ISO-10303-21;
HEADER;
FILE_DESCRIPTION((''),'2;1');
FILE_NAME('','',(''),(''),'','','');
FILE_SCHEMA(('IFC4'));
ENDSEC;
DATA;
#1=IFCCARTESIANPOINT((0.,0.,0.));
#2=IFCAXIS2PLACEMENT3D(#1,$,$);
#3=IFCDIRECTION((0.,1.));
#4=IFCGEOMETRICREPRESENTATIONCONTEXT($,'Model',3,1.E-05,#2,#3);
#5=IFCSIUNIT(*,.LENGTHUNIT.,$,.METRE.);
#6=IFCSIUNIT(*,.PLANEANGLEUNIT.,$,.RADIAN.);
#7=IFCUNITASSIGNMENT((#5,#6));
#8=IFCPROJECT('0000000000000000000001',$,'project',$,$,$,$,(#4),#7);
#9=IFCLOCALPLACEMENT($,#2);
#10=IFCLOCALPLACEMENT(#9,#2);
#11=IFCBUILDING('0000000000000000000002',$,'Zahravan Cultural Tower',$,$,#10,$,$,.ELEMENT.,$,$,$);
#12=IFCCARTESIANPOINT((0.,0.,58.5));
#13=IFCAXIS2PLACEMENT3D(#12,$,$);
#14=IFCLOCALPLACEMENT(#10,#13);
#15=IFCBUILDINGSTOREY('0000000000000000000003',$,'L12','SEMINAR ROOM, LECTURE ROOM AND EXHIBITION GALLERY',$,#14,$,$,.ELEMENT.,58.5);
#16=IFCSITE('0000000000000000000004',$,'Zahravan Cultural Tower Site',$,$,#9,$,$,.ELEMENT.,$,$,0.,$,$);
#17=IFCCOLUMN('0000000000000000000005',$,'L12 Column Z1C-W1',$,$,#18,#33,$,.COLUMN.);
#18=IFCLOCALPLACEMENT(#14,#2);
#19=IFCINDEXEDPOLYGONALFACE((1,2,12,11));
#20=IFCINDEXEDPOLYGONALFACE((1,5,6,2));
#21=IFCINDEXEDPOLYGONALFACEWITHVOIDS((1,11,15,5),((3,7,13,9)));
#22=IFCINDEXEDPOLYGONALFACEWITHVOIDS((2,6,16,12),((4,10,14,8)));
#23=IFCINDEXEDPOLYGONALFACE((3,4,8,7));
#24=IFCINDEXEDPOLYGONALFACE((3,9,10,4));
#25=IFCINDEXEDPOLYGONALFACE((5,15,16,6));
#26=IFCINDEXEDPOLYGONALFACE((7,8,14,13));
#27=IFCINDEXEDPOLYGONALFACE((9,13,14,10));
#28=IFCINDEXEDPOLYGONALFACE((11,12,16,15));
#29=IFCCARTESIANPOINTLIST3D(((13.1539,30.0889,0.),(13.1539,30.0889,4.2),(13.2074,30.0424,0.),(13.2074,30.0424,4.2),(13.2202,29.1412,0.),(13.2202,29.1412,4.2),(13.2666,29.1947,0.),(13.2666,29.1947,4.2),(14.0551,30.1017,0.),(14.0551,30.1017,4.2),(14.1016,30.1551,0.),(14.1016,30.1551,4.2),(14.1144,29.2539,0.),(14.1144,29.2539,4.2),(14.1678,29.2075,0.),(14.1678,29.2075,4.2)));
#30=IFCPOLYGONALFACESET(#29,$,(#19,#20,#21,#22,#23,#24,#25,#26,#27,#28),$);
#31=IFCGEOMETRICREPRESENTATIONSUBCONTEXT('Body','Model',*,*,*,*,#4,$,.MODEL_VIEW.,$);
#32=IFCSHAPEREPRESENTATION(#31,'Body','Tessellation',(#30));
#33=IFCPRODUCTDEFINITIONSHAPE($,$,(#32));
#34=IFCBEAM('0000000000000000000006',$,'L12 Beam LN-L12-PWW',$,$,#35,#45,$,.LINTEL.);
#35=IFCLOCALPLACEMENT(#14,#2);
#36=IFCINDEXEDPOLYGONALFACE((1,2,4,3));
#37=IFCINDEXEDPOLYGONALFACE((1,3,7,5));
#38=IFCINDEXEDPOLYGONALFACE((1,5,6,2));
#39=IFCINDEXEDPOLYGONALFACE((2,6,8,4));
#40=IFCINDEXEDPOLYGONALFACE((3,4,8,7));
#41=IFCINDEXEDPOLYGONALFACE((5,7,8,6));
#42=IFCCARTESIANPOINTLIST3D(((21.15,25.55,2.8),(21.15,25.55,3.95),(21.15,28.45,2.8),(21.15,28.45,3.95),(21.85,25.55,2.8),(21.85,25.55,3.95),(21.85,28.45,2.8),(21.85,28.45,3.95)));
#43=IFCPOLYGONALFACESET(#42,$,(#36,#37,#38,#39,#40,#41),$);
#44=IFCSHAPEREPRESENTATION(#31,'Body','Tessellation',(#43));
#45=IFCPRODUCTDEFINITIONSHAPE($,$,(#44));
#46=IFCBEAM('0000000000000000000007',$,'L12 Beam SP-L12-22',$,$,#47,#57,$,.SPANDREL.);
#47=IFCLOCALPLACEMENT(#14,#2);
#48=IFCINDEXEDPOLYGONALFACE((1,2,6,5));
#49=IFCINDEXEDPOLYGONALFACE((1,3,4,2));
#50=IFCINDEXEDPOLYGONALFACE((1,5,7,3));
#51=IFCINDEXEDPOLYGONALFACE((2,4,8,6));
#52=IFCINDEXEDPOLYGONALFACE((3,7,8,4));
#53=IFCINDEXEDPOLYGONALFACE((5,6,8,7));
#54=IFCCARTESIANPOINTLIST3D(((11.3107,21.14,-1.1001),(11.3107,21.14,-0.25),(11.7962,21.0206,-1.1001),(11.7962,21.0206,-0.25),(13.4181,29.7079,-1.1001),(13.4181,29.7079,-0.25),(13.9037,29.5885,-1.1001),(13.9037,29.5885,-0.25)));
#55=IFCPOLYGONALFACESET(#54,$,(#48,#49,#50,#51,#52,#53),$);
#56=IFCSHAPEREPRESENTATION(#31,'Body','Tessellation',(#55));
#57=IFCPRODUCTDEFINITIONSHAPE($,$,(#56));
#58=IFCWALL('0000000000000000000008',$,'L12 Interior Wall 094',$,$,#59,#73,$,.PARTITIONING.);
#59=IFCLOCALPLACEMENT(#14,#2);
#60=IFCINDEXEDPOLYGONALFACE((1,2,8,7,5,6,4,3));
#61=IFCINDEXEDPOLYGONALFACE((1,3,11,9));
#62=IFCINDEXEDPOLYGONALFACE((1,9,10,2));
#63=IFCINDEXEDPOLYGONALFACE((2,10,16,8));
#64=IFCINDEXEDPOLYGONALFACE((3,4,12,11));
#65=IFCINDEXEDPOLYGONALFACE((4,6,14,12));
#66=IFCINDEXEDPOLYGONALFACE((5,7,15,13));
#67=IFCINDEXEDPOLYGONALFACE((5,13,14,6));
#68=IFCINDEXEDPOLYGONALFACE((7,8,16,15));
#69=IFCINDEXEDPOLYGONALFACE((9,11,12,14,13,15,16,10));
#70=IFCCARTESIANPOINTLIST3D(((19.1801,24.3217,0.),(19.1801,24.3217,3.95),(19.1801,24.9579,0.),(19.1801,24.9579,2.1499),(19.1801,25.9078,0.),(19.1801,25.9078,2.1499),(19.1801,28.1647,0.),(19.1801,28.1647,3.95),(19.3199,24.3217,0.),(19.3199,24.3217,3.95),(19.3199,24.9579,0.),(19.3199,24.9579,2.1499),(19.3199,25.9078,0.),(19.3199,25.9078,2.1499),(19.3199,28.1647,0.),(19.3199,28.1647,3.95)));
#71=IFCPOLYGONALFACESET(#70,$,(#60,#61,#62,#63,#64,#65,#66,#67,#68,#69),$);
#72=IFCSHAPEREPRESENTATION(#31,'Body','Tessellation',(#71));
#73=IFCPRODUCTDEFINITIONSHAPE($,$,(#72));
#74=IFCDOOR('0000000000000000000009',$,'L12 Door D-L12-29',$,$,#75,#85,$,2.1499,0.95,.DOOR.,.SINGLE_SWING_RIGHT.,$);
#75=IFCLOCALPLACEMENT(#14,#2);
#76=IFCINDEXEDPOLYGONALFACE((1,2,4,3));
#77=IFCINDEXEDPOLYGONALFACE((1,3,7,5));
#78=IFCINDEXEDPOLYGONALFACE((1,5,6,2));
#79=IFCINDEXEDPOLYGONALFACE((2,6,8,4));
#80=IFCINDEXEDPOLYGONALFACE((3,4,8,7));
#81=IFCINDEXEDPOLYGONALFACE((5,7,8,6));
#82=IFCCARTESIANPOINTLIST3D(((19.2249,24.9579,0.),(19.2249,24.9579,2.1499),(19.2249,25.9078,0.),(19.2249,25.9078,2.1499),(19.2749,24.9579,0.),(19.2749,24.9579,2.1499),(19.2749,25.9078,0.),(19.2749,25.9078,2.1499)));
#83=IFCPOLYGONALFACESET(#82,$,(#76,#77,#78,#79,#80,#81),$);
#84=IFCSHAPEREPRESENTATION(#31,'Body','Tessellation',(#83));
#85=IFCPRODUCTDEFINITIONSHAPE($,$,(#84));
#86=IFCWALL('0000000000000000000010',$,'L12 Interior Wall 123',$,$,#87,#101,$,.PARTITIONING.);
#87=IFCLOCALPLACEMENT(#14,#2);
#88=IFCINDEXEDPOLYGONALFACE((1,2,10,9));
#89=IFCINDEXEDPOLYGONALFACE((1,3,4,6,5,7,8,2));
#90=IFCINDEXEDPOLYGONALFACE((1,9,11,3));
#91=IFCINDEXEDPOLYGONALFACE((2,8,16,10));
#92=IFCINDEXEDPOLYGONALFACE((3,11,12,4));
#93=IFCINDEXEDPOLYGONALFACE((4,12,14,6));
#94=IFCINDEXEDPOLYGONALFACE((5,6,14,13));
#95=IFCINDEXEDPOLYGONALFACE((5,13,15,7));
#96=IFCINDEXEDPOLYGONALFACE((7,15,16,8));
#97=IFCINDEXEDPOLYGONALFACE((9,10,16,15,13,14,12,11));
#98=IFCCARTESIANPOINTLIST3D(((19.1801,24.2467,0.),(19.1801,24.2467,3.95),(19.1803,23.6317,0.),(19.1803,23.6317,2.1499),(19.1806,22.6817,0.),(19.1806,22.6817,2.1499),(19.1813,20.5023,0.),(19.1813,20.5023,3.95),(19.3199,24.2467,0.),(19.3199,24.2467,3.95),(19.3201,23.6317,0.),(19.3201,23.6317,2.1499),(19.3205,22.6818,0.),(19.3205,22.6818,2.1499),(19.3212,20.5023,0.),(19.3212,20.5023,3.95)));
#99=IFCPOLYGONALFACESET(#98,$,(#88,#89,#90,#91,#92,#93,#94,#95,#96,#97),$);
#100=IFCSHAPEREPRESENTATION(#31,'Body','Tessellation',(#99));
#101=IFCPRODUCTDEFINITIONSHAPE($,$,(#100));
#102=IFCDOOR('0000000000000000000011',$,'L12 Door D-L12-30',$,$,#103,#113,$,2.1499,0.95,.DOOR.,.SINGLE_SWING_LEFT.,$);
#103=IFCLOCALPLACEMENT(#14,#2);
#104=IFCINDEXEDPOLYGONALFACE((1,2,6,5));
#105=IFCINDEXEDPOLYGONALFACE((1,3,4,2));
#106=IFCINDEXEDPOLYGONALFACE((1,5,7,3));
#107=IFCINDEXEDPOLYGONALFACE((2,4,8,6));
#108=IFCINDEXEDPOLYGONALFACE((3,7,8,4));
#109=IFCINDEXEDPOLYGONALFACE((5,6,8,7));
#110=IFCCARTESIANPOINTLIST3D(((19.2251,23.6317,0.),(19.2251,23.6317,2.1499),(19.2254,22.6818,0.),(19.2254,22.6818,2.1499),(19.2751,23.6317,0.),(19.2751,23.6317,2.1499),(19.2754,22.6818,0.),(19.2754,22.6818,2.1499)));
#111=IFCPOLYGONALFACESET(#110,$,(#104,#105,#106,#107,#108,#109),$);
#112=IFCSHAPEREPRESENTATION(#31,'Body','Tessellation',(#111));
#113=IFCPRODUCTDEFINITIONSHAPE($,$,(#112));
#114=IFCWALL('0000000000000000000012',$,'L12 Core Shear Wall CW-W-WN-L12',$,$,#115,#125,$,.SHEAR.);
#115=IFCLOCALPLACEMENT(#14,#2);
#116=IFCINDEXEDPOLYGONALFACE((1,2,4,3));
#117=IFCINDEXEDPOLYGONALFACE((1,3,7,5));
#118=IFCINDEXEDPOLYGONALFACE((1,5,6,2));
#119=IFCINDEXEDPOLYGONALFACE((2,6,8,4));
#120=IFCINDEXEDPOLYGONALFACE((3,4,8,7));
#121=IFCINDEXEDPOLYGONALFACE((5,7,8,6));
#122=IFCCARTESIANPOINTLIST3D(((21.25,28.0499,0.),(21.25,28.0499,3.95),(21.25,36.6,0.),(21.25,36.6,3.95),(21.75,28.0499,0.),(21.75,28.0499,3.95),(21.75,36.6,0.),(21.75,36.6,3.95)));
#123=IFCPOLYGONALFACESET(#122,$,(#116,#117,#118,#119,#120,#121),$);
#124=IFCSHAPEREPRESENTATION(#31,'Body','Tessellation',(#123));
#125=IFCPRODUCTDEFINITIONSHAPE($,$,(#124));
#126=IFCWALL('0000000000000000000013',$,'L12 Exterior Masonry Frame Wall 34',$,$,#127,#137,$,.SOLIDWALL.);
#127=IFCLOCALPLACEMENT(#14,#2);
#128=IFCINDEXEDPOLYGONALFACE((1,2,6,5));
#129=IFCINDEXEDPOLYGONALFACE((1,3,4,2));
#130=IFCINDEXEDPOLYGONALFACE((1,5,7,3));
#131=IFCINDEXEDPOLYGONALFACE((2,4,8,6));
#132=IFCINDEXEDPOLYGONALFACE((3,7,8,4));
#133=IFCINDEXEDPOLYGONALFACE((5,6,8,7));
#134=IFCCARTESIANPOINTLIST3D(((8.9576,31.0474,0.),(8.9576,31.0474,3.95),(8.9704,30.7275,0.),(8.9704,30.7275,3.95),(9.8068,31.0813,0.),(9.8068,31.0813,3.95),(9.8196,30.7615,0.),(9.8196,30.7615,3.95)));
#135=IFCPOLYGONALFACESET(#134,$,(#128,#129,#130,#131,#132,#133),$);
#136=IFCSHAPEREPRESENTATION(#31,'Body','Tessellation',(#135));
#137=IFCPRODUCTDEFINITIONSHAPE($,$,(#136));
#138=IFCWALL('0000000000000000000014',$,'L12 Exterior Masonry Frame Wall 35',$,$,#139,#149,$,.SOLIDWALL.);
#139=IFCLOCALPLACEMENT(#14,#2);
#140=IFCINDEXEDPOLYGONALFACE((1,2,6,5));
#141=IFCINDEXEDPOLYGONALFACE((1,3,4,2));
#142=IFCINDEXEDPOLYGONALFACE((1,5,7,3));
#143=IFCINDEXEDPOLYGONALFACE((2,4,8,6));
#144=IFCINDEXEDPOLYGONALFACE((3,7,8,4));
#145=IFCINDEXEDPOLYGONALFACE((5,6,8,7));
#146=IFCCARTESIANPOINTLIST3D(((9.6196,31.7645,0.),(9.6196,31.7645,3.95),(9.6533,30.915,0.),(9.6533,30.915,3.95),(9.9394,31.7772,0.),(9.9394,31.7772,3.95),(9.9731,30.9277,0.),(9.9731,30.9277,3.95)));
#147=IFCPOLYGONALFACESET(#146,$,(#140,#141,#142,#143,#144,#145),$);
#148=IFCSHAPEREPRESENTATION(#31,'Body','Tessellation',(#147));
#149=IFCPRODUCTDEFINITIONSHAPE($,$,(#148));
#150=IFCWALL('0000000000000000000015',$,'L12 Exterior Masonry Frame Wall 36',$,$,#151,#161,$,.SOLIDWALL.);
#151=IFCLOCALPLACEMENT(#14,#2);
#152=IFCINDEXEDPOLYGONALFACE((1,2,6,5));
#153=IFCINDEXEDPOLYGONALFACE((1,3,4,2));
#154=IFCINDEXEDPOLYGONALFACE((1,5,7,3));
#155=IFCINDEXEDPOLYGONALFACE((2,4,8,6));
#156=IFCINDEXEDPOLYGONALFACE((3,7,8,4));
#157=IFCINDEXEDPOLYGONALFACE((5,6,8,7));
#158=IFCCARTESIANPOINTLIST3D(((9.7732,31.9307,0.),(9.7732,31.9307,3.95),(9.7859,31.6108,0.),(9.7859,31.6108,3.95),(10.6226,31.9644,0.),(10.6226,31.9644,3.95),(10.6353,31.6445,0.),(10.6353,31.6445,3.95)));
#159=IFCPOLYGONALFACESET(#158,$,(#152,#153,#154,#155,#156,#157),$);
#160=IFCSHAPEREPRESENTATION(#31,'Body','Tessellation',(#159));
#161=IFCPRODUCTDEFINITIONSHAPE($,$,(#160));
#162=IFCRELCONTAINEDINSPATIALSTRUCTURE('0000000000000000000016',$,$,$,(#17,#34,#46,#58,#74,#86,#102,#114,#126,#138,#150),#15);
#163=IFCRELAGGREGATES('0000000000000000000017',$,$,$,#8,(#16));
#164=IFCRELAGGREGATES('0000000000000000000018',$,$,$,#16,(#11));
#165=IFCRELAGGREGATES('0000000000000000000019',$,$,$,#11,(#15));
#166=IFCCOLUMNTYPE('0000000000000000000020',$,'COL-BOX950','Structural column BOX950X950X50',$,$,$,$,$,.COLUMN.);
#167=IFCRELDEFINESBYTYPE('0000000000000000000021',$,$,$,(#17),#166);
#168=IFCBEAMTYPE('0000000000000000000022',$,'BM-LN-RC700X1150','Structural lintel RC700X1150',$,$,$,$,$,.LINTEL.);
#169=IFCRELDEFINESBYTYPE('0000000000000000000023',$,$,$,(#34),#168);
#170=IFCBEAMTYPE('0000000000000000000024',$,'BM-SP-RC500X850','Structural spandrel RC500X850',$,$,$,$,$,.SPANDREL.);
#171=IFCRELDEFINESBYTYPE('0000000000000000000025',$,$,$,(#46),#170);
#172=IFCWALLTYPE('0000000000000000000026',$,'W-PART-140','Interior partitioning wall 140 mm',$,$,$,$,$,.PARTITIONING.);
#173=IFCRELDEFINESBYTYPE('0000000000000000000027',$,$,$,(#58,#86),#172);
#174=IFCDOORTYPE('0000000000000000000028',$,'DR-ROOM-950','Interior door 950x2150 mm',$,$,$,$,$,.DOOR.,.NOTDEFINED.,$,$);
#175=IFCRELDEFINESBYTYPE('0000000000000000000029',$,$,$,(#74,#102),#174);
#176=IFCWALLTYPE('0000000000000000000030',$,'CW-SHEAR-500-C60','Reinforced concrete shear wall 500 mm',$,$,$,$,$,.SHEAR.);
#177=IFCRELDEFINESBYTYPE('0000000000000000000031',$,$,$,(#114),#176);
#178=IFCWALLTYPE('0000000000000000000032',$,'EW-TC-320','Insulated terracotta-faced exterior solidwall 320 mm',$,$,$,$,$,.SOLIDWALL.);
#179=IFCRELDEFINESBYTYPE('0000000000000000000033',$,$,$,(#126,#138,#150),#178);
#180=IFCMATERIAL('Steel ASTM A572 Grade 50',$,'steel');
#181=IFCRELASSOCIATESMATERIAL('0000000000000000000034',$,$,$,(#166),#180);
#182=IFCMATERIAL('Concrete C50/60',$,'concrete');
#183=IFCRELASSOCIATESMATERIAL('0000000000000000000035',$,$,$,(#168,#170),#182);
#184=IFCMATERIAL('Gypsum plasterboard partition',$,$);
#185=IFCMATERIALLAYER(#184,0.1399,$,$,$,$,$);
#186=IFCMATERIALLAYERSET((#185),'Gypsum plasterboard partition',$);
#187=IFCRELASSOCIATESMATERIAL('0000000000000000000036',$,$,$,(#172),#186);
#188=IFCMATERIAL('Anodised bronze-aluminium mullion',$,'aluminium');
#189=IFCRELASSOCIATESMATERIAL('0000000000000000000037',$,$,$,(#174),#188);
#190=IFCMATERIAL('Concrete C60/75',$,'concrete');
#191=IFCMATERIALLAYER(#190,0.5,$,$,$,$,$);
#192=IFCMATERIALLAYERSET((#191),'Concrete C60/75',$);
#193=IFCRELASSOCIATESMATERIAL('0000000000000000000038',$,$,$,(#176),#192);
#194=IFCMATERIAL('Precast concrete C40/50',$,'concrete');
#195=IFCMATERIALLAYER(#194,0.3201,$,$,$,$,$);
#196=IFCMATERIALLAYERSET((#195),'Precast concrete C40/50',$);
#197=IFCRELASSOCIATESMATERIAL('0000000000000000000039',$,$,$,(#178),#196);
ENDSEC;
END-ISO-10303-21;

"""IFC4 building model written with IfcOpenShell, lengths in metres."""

from ifc_helpers import new_model, si_unit, direction, frame, frame_2d, origin, origin_2d, place, context, subcontext, project, spatial, rectangle, hollow_rectangle, extrude, source, transform, mapped, material, layer, layer_set, material_profile, profile_set, type_object, element, fill, save


model = new_model("IFC4")

# Units and contexts
model_context = context("Model", 3, precision=1e-05, world=origin(), true_north=direction((0.0, 1.0)))
body_context = subcontext(model_context, "Body", "Model", "MODEL_VIEW")
ifc_project = project(units=[si_unit("LENGTHUNIT", "METRE"), si_unit("PLANEANGLEUNIT", "RADIAN")], contexts=[model_context])

# Site, building, storey
site_placement = place(None, origin())
site = spatial("IfcSite", under=ifc_project, at=site_placement, Name="Zahravan Cultural Tower Site", CompositionType="ELEMENT", RefElevation=0.0)
building_placement = place(site_placement, origin())
building = spatial("IfcBuilding", under=site, at=building_placement, Name="Zahravan Cultural Tower", CompositionType="ELEMENT")
storey_placement = place(building_placement, frame((0.0, 0.0, 58.5)))
storey = spatial("IfcBuildingStorey", under=building, at=storey_placement, Name="L12", Description="SEMINAR ROOM, LECTURE ROOM AND EXHIBITION GALLERY", CompositionType="ELEMENT", Elevation=58.5)

# Column
ifc_material_1 = material(Name="Steel ASTM A572 Grade 50", Category="steel")
ifc_material_profile_1 = material_profile(ifc_material_1, hollow_rectangle(XDim=0.95, YDim=0.95, WallThickness=0.05, at=origin_2d()), Name="BOX950X950X50")
ifc_profile_set_1 = profile_set([ifc_material_profile_1], Name="Steel ASTM A572 Grade 50")
column_type = type_object("IfcColumnType", Name="COL-BOX950", Description="Structural column BOX950X950X50", PredefinedType="COLUMN", material=ifc_profile_set_1)
shared_shape_1 = source(origin(), body_context, "Body", "SweptSolid", [
    extrude(hollow_rectangle(XDim=0.95, YDim=0.95, WallThickness=0.05, at=origin_2d()), origin(), (0.0, 0.0, 1.0), 4.2),
])
column_placement = place(storey_placement, frame((13.6609, 29.6482, 0.0), z_axis=(0.0, 0.0, 1.0), x_axis=(0.997564, 0.069756, 0.0)))
element("IfcColumn", 1, at=column_placement, inside=storey, type_object=column_type, Name="L12 Column Z1C-W1", PredefinedType="COLUMN", context=body_context, shape_type="MappedRepresentation", body=[
    mapped(shared_shape_1, transform((0.0, 0.0, 0.0), x_axis=(1.0, 0.0, 0.0), y_axis=(0.0, 1.0, 0.0), z_axis=(0.0, 0.0, 1.0), scale=1.0)),
])

# Beams
ifc_material_2 = material(Name="Concrete C50/60", Category="concrete")
ifc_material_profile_2 = material_profile(ifc_material_2, rectangle(XDim=0.7, YDim=1.1499, at=origin_2d()), Name="RC700X1150")
ifc_profile_set_2 = profile_set([ifc_material_profile_2], Name="Concrete C50/60")
beam_type_1 = type_object("IfcBeamType", Name="BM-LN-RC700X1150", Description="Structural lintel RC700X1150", PredefinedType="LINTEL", material=ifc_profile_set_2)
shared_shape_2 = source(origin(), body_context, "Body", "SweptSolid", [
    extrude(rectangle(XDim=0.7, YDim=1.1499, at=origin_2d()), origin(), (0.0, 0.0, 1.0), 2.8999),
])
beam_1_placement = place(storey_placement, frame((21.5, 25.55, 3.375), z_axis=(0.0, 1.0, 0.0), x_axis=(-1.0, 0.0, 0.0)))
element("IfcBeam", 2, at=beam_1_placement, inside=storey, type_object=beam_type_1, Name="L12 Beam LN-L12-PWW", PredefinedType="LINTEL", context=body_context, shape_type="MappedRepresentation", body=[
    mapped(shared_shape_2, transform((0.0, 0.0, 0.0), x_axis=(1.0, 0.0, 0.0), y_axis=(0.0, 1.0, 0.0), z_axis=(0.0, 0.0, 1.0), scale=1.0)),
])
ifc_material_profile_3 = material_profile(ifc_material_2, rectangle(XDim=0.5, YDim=0.8501, at=origin_2d()), Name="RC500X850")
ifc_profile_set_3 = profile_set([ifc_material_profile_3], Name="Concrete C50/60")
beam_type_2 = type_object("IfcBeamType", Name="BM-SP-RC500X850", Description="Structural spandrel RC500X850", PredefinedType="SPANDREL", material=ifc_profile_set_3)
shared_shape_3 = source(origin(), body_context, "Body", "SweptSolid", [
    extrude(rectangle(XDim=0.5, YDim=0.8501, at=origin_2d()), origin(), (0.0, 0.0, 1.0), 8.8232),
])
beam_2_placement = place(storey_placement, frame((13.6609, 29.6482, -0.675), z_axis=(-0.238849, -0.971057, 0.0), x_axis=(0.971057, -0.238849, 0.0)))
element("IfcBeam", 3, at=beam_2_placement, inside=storey, type_object=beam_type_2, Name="L12 Beam SP-L12-22", PredefinedType="SPANDREL", context=body_context, shape_type="MappedRepresentation", body=[
    mapped(shared_shape_3, transform((0.0, 0.0, 0.0), x_axis=(1.0, 0.0, 0.0), y_axis=(0.0, 1.0, 0.0), z_axis=(0.0, 0.0, 1.0), scale=1.0)),
])

# Walls, openings, doors
ifc_material_3 = material(Name="Gypsum plasterboard partition")
ifc_layer_1 = layer(ifc_material_3, 0.1399)
ifc_layer_set_1 = layer_set([ifc_layer_1], Name="Gypsum plasterboard partition")
wall_type_1 = type_object("IfcWallType", Name="W-PART-140", Description="Interior partitioning wall 140 mm", PredefinedType="PARTITIONING", material=ifc_layer_set_1)
wall_1_placement = place(storey_placement, frame((19.25, 28.1646, 0.0), z_axis=(0.0, 0.0, 1.0), x_axis=(0.0, -1.0, 0.0)))
wall_1 = element("IfcWall", 4, at=wall_1_placement, inside=storey, type_object=wall_type_1, Name="L12 Interior Wall 094", PredefinedType="PARTITIONING", context=body_context, shape_type="SweptSolid", body=[
    extrude(rectangle(XDim=3.843, YDim=0.1399, at=frame_2d((1.9214, 0.0))), origin(), (0.0, 0.0, 1.0), 3.95),
])
opening_1_placement = place(wall_1_placement, frame((2.2566, 0.0, 0.0)))
opening_1 = element("IfcOpeningElement", 5, at=opening_1_placement, cuts=wall_1, PredefinedType="OPENING", context=body_context, shape_type="SweptSolid", body=[
    extrude(rectangle(XDim=0.95, YDim=2.1499, at=frame_2d((0.4751, 1.075))), frame((0.0, 0.0798, 0.0), z_axis=(0.0, -1.0, 0.0), x_axis=(1.0, 0.0, 0.0)), (0.0, 0.0, 1.0), 0.1599),
])
ifc_material_4 = material(Name="Anodised bronze-aluminium mullion", Category="aluminium")
door_type = type_object("IfcDoorType", Name="DR-ROOM-950", Description="Interior door 950x2150 mm", OperationType="NOTDEFINED", PredefinedType="DOOR", material=ifc_material_4)
shared_shape_4 = source(origin(), body_context, "Body", "SweptSolid", [
    extrude(rectangle(XDim=0.95, YDim=2.1499, at=frame_2d((0.4751, 1.075))), frame((0.0, 0.0249, 0.0), z_axis=(0.0, -1.0, 0.0), x_axis=(1.0, 0.0, 0.0)), (0.0, 0.0, 1.0), 0.05),
])
door_1_placement = place(opening_1_placement, origin())
door_1 = element("IfcDoor", 6, at=door_1_placement, inside=storey, type_object=door_type, Name="L12 Door D-L12-29", OperationType="SINGLE_SWING_RIGHT", OverallHeight=2.1499, OverallWidth=0.95, PredefinedType="DOOR", context=body_context, shape_type="MappedRepresentation", body=[
    mapped(shared_shape_4, transform((0.0, 0.0, 0.0), x_axis=(1.0, 0.0, 0.0), y_axis=(0.0, 1.0, 0.0), z_axis=(0.0, 0.0, 1.0), scale=1.0)),
])
fill(opening_1, door_1)
wall_2_placement = place(storey_placement, frame((19.25, 24.2466, 0.0), z_axis=(0.0, 0.0, 1.0), x_axis=(0.000326, -1.0, 0.0)))
wall_2 = element("IfcWall", 7, at=wall_2_placement, inside=storey, type_object=wall_type_1, Name="L12 Interior Wall 123", PredefinedType="PARTITIONING", context=body_context, shape_type="SweptSolid", body=[
    extrude(rectangle(XDim=3.7444, YDim=0.1399, at=frame_2d((1.8721, 0.0))), origin(), (0.0, 0.0, 1.0), 3.95),
])
opening_2_placement = place(wall_2_placement, frame((0.6147, 0.0, 0.0)))
opening_2 = element("IfcOpeningElement", 8, at=opening_2_placement, cuts=wall_2, PredefinedType="OPENING", context=body_context, shape_type="SweptSolid", body=[
    extrude(rectangle(XDim=0.95, YDim=2.1499, at=frame_2d((0.4751, 1.075))), frame((0.0, 0.0798, 0.0), z_axis=(0.0, -1.0, 0.0), x_axis=(1.0, 0.0, 0.0)), (0.0, 0.0, 1.0), 0.1599),
])
door_2_placement = place(opening_2_placement, origin())
door_2 = element("IfcDoor", 9, at=door_2_placement, inside=storey, type_object=door_type, Name="L12 Door D-L12-30", OperationType="SINGLE_SWING_LEFT", OverallHeight=2.1499, OverallWidth=0.95, PredefinedType="DOOR", context=body_context, shape_type="MappedRepresentation", body=[
    mapped(shared_shape_4, transform((0.0, 0.0, 0.0), x_axis=(1.0, 0.0, 0.0), y_axis=(0.0, 1.0, 0.0), z_axis=(0.0, 0.0, 1.0), scale=1.0)),
])
fill(opening_2, door_2)

# Walls
ifc_material_5 = material(Name="Concrete C60/75", Category="concrete")
ifc_layer_2 = layer(ifc_material_5, 0.5)
ifc_layer_set_2 = layer_set([ifc_layer_2], Name="Concrete C60/75")
wall_type_2 = type_object("IfcWallType", Name="CW-SHEAR-500-C60", Description="Reinforced concrete shear wall 500 mm", PredefinedType="SHEAR", material=ifc_layer_set_2)
shared_shape_5 = source(origin(), body_context, "Body", "SweptSolid", [
    extrude(rectangle(XDim=8.55, YDim=0.5, at=frame_2d((4.2749, 0.0))), origin(), (0.0, 0.0, 1.0), 3.95),
])
wall_3_placement = place(storey_placement, frame((21.5, 28.05, 0.0), z_axis=(0.0, 0.0, 1.0), x_axis=(0.0, 1.0, 0.0)))
element("IfcWall", 10, at=wall_3_placement, inside=storey, type_object=wall_type_2, Name="L12 Core Shear Wall CW-W-WN-L12", PredefinedType="SHEAR", context=body_context, shape_type="MappedRepresentation", body=[
    mapped(shared_shape_5, transform((0.0, 0.0, 0.0), x_axis=(1.0, 0.0, 0.0), y_axis=(0.0, 1.0, 0.0), z_axis=(0.0, 0.0, 1.0), scale=1.0)),
])
ifc_material_6 = material(Name="Precast concrete C40/50", Category="concrete")
ifc_layer_3 = layer(ifc_material_6, 0.3201)
ifc_layer_set_3 = layer_set([ifc_layer_3], Name="Precast concrete C40/50")
wall_type_3 = type_object("IfcWallType", Name="EW-TC-320", Description="Insulated terracotta-faced exterior solidwall 320 mm", PredefinedType="SOLIDWALL", material=ifc_layer_set_3)
shared_shape_6 = source(origin(), body_context, "Body", "SweptSolid", [
    extrude(rectangle(XDim=0.8499, YDim=0.3201, at=frame_2d((0.4248, 0.0))), origin(), (0.0, 0.0, 1.0), 3.95),
])
wall_4_placement = place(storey_placement, frame((8.9641, 30.8875, 0.0), z_axis=(0.0, 0.0, 1.0), x_axis=(0.999202, 0.039934, 0.0)))
element("IfcWall", 11, at=wall_4_placement, inside=storey, type_object=wall_type_3, Name="L12 Exterior Masonry Frame Wall 34", PredefinedType="SOLIDWALL", context=body_context, shape_type="MappedRepresentation", body=[
    mapped(shared_shape_6, transform((0.0, 0.0, 0.0), x_axis=(1.0, 0.0, 0.0), y_axis=(0.0, 1.0, 0.0), z_axis=(0.0, 0.0, 1.0), scale=1.0)),
])
shared_shape_7 = source(origin(), body_context, "Body", "SweptSolid", [
    extrude(rectangle(XDim=0.8501, YDim=0.3201, at=frame_2d((0.425, 0.0))), origin(), (0.0, 0.0, 1.0), 3.95),
])
for number, where, z_axis, x_axis, name in (
    (12, (9.8132, 30.9214, 0.0), (0.0, 0.0, 1.0), (-0.039635, 0.999214, 0.0), "L12 Exterior Masonry Frame Wall 35"),
    (13, (9.7795, 31.7708, 0.0), (0.0, 0.0, 1.0), (0.999214, 0.039635, 0.0), "L12 Exterior Masonry Frame Wall 36"),
):
    element("IfcWall", number, at=place(storey_placement, frame(where, z_axis=z_axis, x_axis=x_axis)), inside=storey, type_object=wall_type_3, Name=name, PredefinedType="SOLIDWALL", context=body_context, shape_type="MappedRepresentation", body=[
        mapped(shared_shape_7, transform((0.0, 0.0, 0.0), x_axis=(1.0, 0.0, 0.0), y_axis=(0.0, 1.0, 0.0), z_axis=(0.0, 0.0, 1.0), scale=1.0)),
    ])

save(model, "model.ifc")
